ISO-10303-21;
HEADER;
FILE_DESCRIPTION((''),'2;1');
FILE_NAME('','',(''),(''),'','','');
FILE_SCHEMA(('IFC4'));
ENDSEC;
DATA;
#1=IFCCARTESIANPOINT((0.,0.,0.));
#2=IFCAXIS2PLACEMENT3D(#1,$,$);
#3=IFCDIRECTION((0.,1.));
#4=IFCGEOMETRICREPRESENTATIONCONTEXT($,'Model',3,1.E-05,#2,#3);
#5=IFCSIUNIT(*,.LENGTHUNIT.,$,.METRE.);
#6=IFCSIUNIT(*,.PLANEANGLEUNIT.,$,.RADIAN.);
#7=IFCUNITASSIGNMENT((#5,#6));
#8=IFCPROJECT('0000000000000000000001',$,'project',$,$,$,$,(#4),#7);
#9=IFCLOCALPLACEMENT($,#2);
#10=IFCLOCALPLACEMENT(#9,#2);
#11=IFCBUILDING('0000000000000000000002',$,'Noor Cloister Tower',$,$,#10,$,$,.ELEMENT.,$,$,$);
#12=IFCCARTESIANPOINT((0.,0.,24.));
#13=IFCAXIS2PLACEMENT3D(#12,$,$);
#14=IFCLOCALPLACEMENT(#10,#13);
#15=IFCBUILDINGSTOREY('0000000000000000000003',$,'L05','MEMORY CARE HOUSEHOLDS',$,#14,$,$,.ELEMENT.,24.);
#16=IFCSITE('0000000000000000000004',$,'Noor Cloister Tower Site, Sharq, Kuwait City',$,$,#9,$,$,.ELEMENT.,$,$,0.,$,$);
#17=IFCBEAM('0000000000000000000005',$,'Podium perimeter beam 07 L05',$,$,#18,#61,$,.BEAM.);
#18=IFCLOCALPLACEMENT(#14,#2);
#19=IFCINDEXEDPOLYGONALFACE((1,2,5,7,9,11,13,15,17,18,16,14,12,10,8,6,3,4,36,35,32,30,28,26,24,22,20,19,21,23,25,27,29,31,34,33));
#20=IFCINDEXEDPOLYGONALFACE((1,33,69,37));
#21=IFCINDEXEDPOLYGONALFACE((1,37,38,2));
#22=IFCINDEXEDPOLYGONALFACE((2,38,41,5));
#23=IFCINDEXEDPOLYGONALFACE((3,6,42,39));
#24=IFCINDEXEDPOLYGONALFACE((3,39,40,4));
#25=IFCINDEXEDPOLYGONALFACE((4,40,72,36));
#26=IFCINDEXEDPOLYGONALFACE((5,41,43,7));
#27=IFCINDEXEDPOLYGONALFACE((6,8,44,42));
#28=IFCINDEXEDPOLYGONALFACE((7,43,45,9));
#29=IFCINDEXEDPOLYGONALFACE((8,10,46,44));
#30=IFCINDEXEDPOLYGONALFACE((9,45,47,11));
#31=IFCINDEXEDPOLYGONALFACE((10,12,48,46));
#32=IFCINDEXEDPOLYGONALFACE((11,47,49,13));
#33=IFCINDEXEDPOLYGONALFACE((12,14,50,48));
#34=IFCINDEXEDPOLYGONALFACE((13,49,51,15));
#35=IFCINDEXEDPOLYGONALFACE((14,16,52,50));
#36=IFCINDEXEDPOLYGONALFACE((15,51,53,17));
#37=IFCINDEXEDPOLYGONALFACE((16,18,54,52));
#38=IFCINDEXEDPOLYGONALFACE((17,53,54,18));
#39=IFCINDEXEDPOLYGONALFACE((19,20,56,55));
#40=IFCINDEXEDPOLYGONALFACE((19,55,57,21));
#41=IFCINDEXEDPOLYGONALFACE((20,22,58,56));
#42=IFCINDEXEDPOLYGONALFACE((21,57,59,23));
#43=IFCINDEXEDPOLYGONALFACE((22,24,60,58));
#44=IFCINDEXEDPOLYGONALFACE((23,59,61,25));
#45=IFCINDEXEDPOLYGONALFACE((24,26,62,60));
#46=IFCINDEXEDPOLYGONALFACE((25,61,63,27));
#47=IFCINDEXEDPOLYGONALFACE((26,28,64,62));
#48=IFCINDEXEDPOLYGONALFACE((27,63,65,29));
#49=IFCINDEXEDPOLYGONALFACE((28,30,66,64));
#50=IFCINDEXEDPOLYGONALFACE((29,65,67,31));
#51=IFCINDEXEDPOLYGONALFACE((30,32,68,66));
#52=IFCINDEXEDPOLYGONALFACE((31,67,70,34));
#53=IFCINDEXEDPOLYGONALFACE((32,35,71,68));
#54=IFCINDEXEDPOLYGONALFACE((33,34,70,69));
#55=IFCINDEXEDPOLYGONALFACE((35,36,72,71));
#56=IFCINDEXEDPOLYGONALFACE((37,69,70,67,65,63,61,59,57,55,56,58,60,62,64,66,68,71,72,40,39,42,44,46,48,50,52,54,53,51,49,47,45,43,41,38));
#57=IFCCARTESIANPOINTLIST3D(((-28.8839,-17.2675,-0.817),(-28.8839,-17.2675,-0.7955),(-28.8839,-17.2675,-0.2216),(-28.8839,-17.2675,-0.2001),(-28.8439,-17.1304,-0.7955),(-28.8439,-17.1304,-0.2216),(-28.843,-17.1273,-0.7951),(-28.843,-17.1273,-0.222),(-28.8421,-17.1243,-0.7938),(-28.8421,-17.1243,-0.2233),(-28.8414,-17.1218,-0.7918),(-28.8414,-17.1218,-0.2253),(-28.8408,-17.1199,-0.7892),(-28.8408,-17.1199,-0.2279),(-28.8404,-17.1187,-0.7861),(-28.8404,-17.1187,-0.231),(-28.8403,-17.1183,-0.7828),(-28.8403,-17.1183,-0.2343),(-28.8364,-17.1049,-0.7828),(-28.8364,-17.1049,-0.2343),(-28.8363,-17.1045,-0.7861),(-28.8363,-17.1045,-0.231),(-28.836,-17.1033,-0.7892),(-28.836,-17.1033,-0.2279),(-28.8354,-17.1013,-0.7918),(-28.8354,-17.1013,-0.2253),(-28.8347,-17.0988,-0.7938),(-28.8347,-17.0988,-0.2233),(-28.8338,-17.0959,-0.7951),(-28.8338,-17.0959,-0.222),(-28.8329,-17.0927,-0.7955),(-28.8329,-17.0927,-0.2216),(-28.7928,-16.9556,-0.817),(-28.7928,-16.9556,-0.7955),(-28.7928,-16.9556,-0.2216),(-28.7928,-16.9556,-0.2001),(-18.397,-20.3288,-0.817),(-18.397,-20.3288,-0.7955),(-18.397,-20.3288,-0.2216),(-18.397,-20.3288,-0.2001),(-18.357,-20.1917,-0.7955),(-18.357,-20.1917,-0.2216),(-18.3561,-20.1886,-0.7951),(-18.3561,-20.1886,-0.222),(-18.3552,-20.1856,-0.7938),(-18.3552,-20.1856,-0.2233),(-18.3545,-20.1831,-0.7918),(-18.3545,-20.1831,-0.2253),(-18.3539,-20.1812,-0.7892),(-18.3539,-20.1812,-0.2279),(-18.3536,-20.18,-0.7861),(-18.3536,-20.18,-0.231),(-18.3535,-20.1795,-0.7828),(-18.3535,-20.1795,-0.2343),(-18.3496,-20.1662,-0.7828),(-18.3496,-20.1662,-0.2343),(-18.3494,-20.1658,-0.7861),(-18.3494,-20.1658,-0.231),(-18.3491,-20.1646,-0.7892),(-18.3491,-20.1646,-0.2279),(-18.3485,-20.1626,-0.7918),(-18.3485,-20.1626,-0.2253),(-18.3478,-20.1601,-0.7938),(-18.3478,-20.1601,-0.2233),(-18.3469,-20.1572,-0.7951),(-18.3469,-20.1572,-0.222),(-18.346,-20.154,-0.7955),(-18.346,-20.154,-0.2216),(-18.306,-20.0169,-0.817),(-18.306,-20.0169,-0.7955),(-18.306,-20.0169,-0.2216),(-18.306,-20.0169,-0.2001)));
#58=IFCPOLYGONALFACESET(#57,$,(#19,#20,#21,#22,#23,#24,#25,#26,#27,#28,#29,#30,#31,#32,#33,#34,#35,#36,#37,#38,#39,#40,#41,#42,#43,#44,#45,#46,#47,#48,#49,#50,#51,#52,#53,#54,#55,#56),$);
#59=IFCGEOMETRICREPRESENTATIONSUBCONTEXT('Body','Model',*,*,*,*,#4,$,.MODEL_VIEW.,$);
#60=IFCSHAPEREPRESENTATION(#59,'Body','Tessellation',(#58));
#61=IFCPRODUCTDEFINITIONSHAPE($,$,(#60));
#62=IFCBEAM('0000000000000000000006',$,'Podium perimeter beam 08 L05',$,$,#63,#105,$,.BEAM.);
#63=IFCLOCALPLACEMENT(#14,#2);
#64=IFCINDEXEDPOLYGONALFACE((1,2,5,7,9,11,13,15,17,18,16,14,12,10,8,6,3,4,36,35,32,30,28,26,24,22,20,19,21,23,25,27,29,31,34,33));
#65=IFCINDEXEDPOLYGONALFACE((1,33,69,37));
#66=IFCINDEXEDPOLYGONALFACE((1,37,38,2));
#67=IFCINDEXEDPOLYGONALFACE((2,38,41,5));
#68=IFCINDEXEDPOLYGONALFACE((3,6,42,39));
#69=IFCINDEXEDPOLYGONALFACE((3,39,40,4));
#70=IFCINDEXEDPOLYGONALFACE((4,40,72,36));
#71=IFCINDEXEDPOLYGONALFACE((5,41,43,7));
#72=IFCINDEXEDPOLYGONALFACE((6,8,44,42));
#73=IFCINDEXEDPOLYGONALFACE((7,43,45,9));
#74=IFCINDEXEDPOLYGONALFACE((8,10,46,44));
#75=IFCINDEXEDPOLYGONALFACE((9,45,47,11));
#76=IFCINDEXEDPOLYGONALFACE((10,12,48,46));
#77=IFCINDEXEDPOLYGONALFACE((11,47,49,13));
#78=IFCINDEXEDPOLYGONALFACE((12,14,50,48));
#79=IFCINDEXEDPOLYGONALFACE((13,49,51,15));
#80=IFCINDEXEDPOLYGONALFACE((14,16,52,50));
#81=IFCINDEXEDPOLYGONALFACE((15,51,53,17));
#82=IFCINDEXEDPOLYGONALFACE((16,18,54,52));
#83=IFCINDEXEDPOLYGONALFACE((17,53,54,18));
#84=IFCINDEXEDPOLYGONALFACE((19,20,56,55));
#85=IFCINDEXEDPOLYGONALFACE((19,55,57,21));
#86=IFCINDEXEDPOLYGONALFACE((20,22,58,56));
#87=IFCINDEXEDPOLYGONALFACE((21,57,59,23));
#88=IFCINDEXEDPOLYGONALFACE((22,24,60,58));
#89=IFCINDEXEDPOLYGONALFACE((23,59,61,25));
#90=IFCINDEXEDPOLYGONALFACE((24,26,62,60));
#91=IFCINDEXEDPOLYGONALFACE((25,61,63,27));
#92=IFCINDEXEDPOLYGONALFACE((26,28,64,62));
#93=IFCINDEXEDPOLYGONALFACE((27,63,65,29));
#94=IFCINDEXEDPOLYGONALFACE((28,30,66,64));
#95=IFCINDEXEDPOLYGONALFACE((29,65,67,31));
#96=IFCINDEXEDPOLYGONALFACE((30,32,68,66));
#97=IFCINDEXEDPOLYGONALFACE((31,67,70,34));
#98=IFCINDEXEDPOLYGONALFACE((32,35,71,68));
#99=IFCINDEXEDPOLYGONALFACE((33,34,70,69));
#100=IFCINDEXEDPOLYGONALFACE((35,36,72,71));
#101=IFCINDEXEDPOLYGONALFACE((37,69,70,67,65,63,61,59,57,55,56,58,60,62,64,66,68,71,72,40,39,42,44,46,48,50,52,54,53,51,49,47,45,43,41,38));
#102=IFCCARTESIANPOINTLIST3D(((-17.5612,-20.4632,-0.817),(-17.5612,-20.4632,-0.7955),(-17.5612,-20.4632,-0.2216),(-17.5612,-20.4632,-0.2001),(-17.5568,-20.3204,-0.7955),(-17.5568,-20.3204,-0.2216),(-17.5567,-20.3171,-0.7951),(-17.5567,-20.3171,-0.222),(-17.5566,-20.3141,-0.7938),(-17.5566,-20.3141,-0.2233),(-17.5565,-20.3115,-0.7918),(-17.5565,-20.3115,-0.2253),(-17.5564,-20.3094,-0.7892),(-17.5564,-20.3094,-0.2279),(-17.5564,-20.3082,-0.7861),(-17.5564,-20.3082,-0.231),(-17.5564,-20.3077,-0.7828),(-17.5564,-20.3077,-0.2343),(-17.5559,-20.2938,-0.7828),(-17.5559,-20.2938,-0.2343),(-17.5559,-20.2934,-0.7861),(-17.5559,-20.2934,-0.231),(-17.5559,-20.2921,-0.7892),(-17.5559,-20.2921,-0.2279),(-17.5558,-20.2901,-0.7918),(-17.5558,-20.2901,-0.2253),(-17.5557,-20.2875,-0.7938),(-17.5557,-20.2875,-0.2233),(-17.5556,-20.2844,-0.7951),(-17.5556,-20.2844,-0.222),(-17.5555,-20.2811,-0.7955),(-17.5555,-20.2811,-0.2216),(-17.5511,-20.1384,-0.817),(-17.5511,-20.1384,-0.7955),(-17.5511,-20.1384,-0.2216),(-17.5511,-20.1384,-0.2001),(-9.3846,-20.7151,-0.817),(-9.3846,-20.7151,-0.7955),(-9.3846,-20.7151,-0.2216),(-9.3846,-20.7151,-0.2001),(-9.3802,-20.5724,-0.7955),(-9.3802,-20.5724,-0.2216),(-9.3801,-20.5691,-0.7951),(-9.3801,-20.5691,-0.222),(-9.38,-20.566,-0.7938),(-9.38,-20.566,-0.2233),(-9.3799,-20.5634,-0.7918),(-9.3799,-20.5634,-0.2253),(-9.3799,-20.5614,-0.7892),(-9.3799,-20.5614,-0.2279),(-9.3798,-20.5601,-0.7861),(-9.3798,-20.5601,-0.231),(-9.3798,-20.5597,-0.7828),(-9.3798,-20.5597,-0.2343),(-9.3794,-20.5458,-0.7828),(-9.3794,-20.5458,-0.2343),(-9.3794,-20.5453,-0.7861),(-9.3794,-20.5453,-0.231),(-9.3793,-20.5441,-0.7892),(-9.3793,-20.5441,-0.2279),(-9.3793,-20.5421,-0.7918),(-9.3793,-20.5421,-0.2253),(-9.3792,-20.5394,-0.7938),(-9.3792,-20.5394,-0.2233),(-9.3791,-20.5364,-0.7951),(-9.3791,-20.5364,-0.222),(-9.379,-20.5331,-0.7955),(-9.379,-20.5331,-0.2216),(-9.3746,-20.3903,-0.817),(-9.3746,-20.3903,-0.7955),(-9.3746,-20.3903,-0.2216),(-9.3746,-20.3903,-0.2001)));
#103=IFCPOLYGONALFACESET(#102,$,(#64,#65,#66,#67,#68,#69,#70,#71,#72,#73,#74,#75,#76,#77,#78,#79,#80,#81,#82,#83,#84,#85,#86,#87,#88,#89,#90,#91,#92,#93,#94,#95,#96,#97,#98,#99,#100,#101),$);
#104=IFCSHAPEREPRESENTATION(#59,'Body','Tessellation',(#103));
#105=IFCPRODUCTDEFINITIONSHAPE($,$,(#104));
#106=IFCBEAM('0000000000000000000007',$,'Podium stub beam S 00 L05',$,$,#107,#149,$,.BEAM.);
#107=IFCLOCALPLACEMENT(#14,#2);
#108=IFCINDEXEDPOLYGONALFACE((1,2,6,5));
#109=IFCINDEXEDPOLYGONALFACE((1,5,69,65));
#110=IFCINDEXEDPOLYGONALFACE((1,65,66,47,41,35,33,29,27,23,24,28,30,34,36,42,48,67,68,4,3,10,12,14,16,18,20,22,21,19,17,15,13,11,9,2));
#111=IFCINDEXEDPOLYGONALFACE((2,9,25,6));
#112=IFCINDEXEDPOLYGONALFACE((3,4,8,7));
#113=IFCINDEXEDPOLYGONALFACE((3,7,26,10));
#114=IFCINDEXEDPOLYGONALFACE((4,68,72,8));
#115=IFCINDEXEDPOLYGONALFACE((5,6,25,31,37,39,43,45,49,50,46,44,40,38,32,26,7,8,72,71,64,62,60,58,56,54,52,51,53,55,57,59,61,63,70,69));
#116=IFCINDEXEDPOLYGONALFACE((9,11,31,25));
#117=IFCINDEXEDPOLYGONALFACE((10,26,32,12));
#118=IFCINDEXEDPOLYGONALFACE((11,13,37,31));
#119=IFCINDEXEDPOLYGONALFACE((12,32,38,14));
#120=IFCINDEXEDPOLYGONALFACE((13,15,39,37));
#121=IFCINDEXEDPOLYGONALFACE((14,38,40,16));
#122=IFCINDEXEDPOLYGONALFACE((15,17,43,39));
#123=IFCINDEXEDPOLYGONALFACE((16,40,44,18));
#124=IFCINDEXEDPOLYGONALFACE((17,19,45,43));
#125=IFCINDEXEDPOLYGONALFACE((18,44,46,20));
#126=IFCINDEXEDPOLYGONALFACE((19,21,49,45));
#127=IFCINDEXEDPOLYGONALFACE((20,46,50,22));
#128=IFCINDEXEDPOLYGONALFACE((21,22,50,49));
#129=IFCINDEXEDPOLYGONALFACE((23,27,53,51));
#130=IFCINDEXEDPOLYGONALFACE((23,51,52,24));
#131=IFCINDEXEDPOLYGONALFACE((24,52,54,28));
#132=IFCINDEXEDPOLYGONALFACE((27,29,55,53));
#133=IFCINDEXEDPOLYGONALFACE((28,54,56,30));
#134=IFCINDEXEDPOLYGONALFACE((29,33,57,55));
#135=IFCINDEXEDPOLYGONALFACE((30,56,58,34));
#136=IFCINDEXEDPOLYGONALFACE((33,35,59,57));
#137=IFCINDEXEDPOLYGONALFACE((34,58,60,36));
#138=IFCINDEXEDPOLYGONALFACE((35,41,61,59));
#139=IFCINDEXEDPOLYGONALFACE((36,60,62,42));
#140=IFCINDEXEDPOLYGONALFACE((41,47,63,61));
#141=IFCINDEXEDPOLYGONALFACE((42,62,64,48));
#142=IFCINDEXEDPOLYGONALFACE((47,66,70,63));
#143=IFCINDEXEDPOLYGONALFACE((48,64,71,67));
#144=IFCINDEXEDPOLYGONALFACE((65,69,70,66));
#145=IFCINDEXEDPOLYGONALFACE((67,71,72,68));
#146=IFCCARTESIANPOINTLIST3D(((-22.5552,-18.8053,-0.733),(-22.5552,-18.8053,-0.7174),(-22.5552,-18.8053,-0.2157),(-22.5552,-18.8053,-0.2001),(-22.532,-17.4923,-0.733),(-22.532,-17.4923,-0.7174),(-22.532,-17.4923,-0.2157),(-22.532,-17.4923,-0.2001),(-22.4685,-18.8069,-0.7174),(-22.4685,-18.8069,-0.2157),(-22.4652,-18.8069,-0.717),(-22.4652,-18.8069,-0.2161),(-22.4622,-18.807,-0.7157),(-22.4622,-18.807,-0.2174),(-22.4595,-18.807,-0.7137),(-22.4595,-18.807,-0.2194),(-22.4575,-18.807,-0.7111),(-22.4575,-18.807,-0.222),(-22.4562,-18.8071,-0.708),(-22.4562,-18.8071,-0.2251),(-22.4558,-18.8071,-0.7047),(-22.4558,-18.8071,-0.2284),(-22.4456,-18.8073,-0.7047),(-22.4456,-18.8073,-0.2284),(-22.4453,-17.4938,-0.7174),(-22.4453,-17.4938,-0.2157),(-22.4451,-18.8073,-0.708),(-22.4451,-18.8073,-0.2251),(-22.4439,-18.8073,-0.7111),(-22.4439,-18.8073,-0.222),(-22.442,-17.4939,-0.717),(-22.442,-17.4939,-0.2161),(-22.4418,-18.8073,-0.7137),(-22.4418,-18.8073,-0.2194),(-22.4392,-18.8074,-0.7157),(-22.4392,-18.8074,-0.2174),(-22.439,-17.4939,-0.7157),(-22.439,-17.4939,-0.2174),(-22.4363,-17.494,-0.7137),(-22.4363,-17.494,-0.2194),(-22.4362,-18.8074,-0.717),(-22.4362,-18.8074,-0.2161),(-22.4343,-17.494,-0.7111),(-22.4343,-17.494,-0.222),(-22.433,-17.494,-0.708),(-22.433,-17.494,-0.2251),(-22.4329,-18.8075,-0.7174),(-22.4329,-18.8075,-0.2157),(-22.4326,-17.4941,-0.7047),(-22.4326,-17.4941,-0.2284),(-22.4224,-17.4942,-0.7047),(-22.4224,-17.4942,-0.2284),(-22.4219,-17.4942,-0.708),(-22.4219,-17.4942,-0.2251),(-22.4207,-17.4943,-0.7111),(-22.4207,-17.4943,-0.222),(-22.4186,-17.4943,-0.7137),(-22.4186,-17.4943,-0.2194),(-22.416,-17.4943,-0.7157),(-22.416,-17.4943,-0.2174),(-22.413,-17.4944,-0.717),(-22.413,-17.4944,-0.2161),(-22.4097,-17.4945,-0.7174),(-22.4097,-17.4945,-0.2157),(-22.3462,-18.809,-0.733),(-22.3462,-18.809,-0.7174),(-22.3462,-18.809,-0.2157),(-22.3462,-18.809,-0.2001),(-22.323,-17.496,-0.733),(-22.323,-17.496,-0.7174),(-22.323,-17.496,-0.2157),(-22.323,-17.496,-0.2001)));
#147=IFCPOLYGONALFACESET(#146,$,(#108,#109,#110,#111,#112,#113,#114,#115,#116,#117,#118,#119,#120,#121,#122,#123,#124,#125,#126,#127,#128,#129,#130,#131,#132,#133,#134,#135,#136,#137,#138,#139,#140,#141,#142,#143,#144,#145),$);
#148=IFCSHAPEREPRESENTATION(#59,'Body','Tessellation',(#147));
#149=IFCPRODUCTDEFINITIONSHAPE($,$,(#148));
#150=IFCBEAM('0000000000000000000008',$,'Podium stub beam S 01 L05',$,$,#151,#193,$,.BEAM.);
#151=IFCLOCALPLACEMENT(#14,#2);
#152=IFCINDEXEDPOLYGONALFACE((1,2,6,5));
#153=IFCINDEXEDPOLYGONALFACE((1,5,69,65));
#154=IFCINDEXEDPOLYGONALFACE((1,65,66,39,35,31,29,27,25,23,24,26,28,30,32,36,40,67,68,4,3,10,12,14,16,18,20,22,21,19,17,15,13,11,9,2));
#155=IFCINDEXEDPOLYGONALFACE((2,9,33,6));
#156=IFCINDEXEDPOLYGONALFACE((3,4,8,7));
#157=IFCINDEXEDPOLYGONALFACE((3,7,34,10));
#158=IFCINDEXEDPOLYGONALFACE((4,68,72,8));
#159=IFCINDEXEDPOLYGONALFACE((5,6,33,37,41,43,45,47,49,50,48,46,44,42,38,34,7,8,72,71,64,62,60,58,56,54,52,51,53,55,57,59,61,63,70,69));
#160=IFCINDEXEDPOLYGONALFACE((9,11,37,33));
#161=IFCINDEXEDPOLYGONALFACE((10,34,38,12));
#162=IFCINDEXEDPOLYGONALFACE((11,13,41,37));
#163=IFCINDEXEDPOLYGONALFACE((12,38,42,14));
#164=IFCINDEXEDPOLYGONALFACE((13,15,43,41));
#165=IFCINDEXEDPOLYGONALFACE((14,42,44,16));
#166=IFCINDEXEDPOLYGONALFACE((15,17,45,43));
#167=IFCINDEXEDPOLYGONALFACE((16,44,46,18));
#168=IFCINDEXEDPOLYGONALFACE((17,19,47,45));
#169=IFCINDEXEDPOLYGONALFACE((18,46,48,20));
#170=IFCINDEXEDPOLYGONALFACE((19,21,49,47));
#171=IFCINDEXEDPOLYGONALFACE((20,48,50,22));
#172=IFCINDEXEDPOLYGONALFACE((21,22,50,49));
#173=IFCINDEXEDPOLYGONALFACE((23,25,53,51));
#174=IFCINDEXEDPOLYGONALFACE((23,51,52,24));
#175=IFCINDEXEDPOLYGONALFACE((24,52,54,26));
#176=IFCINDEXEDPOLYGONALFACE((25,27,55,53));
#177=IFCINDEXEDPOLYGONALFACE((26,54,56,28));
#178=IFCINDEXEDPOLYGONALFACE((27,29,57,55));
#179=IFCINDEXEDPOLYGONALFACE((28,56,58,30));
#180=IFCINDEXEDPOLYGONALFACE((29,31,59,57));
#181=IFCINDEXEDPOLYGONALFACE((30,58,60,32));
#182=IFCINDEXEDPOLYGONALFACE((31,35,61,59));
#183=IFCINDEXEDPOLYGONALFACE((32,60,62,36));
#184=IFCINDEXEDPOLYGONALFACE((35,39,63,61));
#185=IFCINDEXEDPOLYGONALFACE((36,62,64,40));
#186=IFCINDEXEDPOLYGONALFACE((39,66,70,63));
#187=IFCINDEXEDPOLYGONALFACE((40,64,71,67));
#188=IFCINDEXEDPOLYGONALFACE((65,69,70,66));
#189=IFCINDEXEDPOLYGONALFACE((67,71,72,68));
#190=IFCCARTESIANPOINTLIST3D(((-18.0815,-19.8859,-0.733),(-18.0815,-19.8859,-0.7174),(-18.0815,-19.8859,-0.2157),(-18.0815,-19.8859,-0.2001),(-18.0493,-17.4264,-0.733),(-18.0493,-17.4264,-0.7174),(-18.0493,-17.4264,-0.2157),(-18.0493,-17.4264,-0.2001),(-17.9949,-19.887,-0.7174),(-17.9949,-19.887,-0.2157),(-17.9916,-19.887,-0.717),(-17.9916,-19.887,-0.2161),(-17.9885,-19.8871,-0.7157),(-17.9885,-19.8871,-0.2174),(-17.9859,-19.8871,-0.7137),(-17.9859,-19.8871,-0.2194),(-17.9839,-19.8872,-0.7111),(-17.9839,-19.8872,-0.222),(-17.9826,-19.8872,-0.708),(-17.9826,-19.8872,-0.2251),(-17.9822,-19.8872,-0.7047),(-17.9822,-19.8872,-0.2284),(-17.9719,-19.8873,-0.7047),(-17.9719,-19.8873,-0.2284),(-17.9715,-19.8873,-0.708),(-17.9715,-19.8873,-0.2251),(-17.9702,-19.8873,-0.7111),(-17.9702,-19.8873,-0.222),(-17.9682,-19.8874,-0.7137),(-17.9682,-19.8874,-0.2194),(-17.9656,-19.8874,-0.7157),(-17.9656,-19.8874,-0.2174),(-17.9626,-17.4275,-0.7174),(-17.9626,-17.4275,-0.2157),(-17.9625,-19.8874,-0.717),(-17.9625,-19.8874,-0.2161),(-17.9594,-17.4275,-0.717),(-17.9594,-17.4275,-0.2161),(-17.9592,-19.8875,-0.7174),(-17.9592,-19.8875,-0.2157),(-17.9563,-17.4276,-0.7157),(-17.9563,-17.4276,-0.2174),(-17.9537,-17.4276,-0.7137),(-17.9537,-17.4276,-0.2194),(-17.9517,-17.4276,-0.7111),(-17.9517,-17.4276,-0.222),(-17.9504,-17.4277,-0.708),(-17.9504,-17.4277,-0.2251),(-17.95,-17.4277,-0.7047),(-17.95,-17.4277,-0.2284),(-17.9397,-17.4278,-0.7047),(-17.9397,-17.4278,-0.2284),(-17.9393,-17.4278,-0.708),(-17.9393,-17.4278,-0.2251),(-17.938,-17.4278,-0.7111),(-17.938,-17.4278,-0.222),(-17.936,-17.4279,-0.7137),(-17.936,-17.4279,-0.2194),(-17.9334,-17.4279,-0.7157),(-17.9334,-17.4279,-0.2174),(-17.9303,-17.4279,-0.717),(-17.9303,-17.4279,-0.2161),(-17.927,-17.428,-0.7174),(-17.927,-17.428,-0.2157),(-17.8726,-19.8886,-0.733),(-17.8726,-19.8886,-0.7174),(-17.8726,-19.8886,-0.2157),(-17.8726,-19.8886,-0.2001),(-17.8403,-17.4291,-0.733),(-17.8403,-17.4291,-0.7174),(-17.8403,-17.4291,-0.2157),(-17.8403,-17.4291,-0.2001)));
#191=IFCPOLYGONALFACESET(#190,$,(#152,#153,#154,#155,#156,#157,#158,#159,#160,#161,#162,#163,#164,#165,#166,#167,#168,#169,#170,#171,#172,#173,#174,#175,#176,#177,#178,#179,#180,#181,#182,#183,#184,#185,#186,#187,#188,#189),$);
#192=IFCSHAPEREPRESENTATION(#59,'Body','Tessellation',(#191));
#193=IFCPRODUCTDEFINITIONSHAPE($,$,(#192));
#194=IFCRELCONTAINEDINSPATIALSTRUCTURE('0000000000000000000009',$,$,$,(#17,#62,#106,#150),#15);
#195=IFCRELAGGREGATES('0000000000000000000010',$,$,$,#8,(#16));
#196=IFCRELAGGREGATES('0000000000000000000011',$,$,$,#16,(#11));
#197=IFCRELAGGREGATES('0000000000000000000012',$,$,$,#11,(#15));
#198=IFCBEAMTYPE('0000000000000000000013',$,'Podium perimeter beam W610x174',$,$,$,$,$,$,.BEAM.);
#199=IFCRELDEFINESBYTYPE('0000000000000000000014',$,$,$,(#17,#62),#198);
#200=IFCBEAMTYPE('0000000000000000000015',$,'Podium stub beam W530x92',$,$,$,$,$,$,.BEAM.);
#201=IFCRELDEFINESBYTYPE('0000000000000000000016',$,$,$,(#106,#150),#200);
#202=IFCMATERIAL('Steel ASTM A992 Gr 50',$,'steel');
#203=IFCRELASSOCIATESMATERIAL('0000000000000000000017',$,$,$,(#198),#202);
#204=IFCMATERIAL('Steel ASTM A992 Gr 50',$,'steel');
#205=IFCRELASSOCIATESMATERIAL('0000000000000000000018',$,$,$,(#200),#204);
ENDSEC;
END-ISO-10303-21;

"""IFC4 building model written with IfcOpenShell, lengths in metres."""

from ifc_helpers import new_model, si_unit, direction, frame, origin, origin_2d, place, context, subcontext, project, spatial, i_section, extrude, material, material_profile, profile_set, type_object, element, save


model = new_model("IFC4")

# Units and contexts
model_context = context("Model", 3, precision=1e-05, world=origin(), true_north=direction((0.0, 1.0)))
body_context = subcontext(model_context, "Body", "Model", "MODEL_VIEW")
ifc_project = project(units=[si_unit("LENGTHUNIT", "METRE"), si_unit("PLANEANGLEUNIT", "RADIAN")], contexts=[model_context])

# Site, building, storey
site_placement = place(None, origin())
site = spatial("IfcSite", under=ifc_project, at=site_placement, Name="Noor Cloister Tower Site, Sharq, Kuwait City", CompositionType="ELEMENT", RefElevation=0.0)
building_placement = place(site_placement, origin())
building = spatial("IfcBuilding", under=site, at=building_placement, Name="Noor Cloister Tower", CompositionType="ELEMENT")
storey_placement = place(building_placement, frame((0.0, 0.0, 24.0)))
storey = spatial("IfcBuildingStorey", under=building, at=storey_placement, Name="L05", Description="MEMORY CARE HOUSEHOLDS", CompositionType="ELEMENT", Elevation=24.0)

# Beams
ifc_material_1 = material(Name="Steel ASTM A992 Gr 50", Category="steel")
ifc_material_profile_1 = material_profile(ifc_material_1, i_section(OverallWidth=0.325, OverallDepth=0.6169, WebThickness=0.0139, FlangeThickness=0.0215, FilletRadius=0.0127, at=origin_2d()), Name="W610x174")
ifc_profile_set_1 = profile_set([ifc_material_profile_1], Name="Steel ASTM A992 Gr 50")
beam_type_1 = type_object("IfcBeamType", Name="Podium perimeter beam W610x174", PredefinedType="BEAM", material=ifc_profile_set_1)
beam_1_placement = place(storey_placement, frame((-28.8384, -17.1116, -0.5085), z_axis=(0.959935, -0.280221, 0.0), x_axis=(0.280221, 0.959935, 0.0)))
element("IfcBeam", 1, at=beam_1_placement, inside=storey, type_object=beam_type_1, Name="Podium perimeter beam 07 L05", PredefinedType="BEAM", context=body_context, shape_type="SweptSolid", body=[
    extrude(i_section(OverallWidth=0.325, OverallDepth=0.6169, WebThickness=0.0139, FlangeThickness=0.0215, FilletRadius=0.0127, at=origin_2d()), origin(), (0.0, 0.0, 1.0), 10.9246),
])
beam_2_placement = place(storey_placement, frame((-17.5562, -20.3008, -0.5085), z_axis=(0.999526, -0.0308, 0.0), x_axis=(0.0308, 0.999526, 0.0)))
element("IfcBeam", 2, at=beam_2_placement, inside=storey, type_object=beam_type_1, Name="Podium perimeter beam 08 L05", PredefinedType="BEAM", context=body_context, shape_type="SweptSolid", body=[
    extrude(i_section(OverallWidth=0.325, OverallDepth=0.6169, WebThickness=0.0139, FlangeThickness=0.0215, FilletRadius=0.0127, at=origin_2d()), origin(), (0.0, 0.0, 1.0), 8.1804),
])
ifc_material_2 = material(Name="Steel ASTM A992 Gr 50", Category="steel")
ifc_material_profile_2 = material_profile(ifc_material_2, i_section(OverallWidth=0.209, OverallDepth=0.533, WebThickness=0.0103, FlangeThickness=0.0156, FilletRadius=0.0127, at=origin_2d()), Name="W530x92")
ifc_profile_set_2 = profile_set([ifc_material_profile_2], Name="Steel ASTM A992 Gr 50")
beam_type_2 = type_object("IfcBeamType", Name="Podium stub beam W530x92", PredefinedType="BEAM", material=ifc_profile_set_2)
beam_3_placement = place(storey_placement, frame((-22.4275, -17.4941, -0.4666), z_axis=(-0.017662, -0.999844, 0.0), x_axis=(0.999844, -0.017662, 0.0)))
element("IfcBeam", 3, at=beam_3_placement, inside=storey, type_object=beam_type_2, Name="Podium stub beam S 00 L05", PredefinedType="BEAM", context=body_context, shape_type="SweptSolid", body=[
    extrude(i_section(OverallWidth=0.209, OverallDepth=0.533, WebThickness=0.0103, FlangeThickness=0.0156, FilletRadius=0.0127, at=origin_2d()), origin(), (0.0, 0.0, 1.0), 1.3132),
])
beam_4_placement = place(storey_placement, frame((-17.9448, -17.4277, -0.4666), z_axis=(-0.013102, -0.999914, 0.0), x_axis=(0.999914, -0.013102, 0.0)))
element("IfcBeam", 4, at=beam_4_placement, inside=storey, type_object=beam_type_2, Name="Podium stub beam S 01 L05", PredefinedType="BEAM", context=body_context, shape_type="SweptSolid", body=[
    extrude(i_section(OverallWidth=0.209, OverallDepth=0.533, WebThickness=0.0103, FlangeThickness=0.0156, FilletRadius=0.0127, at=origin_2d()), origin(), (0.0, 0.0, 1.0), 2.4597),
])

save(model, "model.ifc")
